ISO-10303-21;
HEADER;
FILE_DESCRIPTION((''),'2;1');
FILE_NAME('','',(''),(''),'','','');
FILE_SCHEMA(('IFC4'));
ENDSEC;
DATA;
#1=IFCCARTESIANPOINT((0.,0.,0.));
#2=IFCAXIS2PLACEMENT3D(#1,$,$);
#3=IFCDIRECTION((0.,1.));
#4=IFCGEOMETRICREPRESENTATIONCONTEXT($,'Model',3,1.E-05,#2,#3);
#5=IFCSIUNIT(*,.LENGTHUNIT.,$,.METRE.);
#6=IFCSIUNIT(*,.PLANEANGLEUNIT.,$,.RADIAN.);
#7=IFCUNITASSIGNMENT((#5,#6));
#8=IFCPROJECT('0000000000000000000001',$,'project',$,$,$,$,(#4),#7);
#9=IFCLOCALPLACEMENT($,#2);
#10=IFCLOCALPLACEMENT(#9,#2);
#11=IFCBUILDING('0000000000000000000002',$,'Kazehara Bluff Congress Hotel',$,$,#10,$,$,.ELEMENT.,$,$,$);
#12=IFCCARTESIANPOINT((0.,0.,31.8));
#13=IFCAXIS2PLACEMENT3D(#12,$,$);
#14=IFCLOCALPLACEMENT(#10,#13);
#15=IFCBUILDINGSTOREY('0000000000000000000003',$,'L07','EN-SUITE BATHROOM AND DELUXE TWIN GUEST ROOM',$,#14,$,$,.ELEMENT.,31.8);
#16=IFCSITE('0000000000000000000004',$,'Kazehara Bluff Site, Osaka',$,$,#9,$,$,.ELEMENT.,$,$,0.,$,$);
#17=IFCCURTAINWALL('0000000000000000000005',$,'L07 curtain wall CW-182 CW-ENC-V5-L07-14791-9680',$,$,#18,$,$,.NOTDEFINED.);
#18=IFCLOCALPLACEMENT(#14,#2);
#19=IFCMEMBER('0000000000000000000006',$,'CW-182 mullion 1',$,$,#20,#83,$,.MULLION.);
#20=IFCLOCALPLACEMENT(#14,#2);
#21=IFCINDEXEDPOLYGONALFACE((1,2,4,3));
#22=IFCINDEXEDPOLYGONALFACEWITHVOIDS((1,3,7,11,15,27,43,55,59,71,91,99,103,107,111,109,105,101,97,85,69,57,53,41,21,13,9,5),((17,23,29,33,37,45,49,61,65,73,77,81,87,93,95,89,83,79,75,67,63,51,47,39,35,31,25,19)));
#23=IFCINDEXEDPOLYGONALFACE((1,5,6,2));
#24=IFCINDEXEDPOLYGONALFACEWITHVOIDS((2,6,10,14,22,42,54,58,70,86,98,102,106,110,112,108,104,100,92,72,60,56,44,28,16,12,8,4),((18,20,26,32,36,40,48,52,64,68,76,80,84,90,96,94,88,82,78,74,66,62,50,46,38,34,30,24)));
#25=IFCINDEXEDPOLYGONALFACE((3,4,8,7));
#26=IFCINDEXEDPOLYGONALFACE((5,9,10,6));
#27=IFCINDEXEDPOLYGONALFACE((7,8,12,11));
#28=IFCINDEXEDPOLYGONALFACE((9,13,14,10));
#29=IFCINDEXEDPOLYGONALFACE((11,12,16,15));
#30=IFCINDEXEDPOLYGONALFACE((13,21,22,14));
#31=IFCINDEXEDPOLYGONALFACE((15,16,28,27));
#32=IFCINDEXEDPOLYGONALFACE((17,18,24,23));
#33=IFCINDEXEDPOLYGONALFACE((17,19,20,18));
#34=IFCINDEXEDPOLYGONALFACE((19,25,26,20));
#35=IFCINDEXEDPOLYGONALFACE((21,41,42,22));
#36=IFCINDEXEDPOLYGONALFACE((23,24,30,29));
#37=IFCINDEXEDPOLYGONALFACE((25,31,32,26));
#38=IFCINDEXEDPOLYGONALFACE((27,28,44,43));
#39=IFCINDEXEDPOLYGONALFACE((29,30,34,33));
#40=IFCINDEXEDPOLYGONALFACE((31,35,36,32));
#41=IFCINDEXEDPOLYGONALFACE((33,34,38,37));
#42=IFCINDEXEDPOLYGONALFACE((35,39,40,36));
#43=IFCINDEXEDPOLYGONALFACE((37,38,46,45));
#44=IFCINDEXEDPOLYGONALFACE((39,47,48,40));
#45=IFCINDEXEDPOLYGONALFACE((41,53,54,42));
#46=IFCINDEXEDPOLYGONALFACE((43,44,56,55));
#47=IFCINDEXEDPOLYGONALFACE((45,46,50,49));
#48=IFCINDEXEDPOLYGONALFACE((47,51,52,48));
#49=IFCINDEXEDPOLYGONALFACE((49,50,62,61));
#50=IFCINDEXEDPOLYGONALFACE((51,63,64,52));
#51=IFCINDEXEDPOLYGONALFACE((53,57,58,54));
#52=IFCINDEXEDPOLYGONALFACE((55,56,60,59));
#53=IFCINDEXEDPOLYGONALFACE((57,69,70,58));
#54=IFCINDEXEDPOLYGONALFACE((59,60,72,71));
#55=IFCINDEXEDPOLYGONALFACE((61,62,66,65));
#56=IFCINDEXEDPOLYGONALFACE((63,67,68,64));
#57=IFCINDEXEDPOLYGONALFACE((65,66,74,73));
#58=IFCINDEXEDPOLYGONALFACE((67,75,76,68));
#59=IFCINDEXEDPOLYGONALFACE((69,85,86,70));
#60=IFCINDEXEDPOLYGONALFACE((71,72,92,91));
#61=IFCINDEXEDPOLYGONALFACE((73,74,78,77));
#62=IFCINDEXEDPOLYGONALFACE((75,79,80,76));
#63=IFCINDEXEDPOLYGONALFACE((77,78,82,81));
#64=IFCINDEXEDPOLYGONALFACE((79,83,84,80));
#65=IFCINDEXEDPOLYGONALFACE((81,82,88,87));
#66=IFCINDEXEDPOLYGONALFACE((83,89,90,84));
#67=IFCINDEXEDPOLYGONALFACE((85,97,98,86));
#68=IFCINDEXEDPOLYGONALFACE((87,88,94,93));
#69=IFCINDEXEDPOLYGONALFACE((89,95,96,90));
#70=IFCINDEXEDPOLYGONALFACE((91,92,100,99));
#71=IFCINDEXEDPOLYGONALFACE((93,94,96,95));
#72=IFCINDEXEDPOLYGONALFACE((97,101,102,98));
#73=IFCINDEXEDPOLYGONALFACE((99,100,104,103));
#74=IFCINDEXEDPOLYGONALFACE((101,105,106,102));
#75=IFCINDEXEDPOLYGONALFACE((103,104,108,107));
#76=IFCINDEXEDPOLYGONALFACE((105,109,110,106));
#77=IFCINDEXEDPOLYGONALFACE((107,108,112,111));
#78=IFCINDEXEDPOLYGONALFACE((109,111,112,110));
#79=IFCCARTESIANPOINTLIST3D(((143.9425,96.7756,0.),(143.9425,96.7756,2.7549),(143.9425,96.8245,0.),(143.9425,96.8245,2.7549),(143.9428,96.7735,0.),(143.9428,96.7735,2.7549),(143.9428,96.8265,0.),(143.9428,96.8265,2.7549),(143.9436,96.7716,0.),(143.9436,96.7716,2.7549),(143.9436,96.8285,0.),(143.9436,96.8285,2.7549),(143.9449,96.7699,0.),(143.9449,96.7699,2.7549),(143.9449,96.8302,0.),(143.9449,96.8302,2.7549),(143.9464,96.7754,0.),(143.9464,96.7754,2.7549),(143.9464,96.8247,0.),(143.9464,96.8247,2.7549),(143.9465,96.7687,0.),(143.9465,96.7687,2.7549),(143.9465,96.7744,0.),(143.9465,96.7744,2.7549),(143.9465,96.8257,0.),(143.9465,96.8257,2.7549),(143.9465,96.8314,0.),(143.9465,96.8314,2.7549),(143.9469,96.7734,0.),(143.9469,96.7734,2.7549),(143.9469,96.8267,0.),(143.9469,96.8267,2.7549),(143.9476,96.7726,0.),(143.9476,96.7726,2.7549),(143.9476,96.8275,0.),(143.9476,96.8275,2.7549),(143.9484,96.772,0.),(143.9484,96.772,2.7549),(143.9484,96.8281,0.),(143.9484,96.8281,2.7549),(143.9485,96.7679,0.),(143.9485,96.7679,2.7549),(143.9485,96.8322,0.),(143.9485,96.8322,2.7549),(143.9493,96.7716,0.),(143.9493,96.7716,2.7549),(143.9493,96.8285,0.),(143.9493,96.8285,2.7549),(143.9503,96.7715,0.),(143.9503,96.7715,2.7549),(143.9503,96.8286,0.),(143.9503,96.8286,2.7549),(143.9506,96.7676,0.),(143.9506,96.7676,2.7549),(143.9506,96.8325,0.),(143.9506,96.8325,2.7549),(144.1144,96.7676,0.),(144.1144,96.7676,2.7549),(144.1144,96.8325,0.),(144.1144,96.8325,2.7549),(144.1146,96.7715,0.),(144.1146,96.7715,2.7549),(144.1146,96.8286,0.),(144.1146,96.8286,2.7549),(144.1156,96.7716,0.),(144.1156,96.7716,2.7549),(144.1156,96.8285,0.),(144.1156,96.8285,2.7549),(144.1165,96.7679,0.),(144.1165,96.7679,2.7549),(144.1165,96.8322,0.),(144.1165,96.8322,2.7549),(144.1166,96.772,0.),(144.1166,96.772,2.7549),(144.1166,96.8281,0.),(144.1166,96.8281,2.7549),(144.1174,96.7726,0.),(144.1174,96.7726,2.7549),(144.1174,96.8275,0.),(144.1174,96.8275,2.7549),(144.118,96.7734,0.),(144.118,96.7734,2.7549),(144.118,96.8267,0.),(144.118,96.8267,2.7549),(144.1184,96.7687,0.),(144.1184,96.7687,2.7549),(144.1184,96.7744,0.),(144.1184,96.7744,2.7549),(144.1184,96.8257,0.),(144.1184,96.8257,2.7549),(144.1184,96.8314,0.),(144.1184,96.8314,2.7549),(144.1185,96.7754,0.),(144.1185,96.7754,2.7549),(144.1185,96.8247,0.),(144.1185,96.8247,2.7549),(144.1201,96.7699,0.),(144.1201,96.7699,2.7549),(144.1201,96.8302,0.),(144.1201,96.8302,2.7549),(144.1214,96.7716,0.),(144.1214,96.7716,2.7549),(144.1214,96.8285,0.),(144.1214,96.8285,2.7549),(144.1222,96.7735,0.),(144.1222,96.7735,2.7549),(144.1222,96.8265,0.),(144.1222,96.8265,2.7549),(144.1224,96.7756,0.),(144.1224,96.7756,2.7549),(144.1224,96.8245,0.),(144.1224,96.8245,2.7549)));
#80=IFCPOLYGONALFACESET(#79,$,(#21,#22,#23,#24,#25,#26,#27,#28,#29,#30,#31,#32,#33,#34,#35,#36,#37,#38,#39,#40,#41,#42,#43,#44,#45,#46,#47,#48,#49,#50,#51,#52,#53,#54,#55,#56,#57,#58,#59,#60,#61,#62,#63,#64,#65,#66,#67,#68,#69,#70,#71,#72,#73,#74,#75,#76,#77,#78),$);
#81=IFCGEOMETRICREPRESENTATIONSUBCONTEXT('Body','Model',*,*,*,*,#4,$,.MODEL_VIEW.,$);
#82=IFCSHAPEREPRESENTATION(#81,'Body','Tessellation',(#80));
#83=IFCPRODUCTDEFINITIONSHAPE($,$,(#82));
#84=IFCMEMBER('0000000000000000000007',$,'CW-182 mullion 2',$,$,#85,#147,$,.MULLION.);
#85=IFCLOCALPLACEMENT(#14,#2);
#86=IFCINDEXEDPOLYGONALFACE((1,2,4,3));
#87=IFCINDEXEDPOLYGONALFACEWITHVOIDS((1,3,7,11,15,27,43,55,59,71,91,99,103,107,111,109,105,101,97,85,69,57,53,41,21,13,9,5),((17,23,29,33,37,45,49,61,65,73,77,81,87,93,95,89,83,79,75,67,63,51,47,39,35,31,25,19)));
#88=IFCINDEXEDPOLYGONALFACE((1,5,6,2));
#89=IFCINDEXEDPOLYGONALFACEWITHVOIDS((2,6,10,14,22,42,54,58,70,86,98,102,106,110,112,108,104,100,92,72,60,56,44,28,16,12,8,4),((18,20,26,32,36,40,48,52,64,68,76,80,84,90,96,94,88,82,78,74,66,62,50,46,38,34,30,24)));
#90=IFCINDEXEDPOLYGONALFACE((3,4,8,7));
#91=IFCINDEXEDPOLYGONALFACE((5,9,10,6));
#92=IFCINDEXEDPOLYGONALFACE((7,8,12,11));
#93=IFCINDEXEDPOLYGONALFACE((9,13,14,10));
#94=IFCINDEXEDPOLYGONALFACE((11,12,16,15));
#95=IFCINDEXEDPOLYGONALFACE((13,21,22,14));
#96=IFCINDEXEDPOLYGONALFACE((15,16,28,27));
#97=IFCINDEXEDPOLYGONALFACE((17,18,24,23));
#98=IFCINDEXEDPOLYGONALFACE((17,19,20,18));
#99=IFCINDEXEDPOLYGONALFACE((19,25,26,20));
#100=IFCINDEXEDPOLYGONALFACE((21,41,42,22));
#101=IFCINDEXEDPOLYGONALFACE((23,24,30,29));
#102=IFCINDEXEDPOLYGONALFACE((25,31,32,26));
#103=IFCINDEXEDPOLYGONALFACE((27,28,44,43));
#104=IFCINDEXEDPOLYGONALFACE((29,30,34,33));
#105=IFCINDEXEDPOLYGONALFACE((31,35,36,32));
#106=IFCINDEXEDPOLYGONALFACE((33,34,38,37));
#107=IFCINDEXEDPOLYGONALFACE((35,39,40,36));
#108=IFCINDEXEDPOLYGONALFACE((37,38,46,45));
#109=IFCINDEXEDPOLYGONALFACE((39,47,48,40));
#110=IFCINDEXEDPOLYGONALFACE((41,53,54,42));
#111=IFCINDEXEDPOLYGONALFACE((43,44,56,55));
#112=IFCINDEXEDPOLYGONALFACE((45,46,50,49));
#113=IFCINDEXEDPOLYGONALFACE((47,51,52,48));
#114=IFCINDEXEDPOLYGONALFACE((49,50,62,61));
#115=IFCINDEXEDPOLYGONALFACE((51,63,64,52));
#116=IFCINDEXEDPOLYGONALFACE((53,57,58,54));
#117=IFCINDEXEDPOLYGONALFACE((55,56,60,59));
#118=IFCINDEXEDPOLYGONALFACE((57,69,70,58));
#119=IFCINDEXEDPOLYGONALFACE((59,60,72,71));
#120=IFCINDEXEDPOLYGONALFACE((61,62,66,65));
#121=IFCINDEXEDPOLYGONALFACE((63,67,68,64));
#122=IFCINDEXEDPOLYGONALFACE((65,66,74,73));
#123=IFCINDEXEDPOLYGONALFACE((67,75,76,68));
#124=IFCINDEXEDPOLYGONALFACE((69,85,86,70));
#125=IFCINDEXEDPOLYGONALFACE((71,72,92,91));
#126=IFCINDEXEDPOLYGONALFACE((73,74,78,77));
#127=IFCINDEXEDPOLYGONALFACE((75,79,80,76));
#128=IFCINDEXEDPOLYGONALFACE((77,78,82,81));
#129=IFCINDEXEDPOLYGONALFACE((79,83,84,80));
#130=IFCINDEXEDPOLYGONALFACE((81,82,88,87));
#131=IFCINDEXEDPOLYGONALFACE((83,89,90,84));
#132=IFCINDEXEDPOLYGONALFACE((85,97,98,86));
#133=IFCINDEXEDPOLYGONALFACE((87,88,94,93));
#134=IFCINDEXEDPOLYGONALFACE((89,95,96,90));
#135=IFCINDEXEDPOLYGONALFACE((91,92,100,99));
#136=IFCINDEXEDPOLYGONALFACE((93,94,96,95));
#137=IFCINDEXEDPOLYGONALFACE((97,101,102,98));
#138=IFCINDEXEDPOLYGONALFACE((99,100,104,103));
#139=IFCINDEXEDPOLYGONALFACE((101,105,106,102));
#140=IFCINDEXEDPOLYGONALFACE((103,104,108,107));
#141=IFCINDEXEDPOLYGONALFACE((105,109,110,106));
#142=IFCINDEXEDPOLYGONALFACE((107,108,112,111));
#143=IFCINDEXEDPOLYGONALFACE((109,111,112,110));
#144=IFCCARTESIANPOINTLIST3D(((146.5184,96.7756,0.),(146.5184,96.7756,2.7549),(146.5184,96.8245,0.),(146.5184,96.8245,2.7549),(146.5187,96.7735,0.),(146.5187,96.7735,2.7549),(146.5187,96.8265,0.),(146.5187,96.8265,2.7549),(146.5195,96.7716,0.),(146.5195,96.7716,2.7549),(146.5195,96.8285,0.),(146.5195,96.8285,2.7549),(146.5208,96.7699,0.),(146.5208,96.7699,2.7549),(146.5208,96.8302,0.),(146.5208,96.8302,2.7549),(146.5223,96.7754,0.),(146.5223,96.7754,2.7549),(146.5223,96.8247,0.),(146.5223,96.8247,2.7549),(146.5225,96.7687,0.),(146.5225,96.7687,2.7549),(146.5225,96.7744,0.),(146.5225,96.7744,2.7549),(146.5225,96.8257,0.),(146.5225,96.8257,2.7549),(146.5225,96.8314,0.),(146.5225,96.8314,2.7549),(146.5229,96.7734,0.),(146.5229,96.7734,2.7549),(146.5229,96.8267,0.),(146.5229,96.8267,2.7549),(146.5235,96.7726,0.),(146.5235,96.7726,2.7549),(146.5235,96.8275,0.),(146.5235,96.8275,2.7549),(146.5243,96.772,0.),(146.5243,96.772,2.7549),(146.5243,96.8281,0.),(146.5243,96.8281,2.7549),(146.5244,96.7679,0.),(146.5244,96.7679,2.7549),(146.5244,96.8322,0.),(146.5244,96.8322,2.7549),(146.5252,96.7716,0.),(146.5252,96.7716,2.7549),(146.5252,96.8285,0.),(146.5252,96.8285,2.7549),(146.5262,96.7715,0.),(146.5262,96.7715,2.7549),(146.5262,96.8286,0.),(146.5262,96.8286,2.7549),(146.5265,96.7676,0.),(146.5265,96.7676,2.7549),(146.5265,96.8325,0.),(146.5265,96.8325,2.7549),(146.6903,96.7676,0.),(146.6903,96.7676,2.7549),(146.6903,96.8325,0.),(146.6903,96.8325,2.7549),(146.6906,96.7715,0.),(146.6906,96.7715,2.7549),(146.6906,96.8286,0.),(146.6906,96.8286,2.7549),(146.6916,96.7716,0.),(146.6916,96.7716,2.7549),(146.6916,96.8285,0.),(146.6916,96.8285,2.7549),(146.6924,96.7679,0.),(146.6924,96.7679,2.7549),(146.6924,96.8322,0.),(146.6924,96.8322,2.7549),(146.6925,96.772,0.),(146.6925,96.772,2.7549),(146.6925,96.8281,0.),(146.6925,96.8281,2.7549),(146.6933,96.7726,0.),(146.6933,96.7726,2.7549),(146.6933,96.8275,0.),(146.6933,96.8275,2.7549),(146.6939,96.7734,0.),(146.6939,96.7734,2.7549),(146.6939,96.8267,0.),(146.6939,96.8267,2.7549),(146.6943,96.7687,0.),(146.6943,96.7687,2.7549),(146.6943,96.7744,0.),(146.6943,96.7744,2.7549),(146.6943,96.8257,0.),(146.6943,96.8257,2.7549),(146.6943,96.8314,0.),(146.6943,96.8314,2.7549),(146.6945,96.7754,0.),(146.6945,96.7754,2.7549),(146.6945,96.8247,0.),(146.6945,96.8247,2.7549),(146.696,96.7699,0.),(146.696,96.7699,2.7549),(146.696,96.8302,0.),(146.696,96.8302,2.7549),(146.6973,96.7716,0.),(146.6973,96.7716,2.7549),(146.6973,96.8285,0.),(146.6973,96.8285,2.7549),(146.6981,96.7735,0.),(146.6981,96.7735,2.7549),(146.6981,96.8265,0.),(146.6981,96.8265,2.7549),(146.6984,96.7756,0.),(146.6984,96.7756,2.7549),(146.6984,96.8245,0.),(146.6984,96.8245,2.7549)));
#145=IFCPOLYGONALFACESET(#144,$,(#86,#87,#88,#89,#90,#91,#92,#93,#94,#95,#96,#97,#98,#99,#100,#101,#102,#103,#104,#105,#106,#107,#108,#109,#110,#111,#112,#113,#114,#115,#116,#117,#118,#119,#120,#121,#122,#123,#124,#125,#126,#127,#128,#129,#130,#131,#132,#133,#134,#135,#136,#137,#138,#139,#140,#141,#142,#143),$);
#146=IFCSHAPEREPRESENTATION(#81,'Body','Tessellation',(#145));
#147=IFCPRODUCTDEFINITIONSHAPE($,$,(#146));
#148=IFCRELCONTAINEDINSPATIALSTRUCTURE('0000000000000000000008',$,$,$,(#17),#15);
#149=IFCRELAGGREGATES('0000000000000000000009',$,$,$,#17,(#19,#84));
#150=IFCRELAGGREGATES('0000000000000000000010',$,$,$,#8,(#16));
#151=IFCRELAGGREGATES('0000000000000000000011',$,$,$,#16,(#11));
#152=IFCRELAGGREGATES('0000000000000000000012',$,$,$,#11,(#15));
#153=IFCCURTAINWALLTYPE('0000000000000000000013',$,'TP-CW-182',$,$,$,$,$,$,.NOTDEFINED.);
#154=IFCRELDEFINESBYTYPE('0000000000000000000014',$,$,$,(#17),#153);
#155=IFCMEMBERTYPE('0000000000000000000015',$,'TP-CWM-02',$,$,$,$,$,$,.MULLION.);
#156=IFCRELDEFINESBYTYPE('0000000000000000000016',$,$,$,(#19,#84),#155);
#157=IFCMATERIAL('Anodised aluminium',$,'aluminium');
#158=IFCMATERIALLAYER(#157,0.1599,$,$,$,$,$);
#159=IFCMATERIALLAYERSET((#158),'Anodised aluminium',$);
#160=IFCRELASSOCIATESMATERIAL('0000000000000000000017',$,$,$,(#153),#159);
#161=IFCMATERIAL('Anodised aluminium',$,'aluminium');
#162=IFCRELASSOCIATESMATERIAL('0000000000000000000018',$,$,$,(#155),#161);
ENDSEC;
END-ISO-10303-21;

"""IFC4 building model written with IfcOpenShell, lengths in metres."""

from ifc_helpers import new_model, si_unit, direction, frame, origin, origin_2d, place, context, subcontext, project, spatial, hollow_rectangle, extrude, material, layer, layer_set, material_profile, profile_set, type_object, element, aggregate, save


model = new_model("IFC4")

# Units and contexts
model_context = context("Model", 3, precision=1e-05, world=origin(), true_north=direction((0.0, 1.0)))
body_context = subcontext(model_context, "Body", "Model", "MODEL_VIEW")
ifc_project = project(units=[si_unit("LENGTHUNIT", "METRE"), si_unit("PLANEANGLEUNIT", "RADIAN")], contexts=[model_context])

# Site, building, storey
site_placement = place(None, origin())
site = spatial("IfcSite", under=ifc_project, at=site_placement, Name="Kazehara Bluff Site, Osaka", CompositionType="ELEMENT", RefElevation=0.0)
building_placement = place(site_placement, origin())
building = spatial("IfcBuilding", under=site, at=building_placement, Name="Kazehara Bluff Congress Hotel", CompositionType="ELEMENT")
storey_placement = place(building_placement, frame((0.0, 0.0, 31.8)))
storey = spatial("IfcBuildingStorey", under=building, at=storey_placement, Name="L07", Description="EN-SUITE BATHROOM AND DELUXE TWIN GUEST ROOM", CompositionType="ELEMENT", Elevation=31.8)

# Curtain wall, members
ifc_material_1 = material(Name="Anodised aluminium", Category="aluminium")
ifc_layer_1 = layer(ifc_material_1, 0.1599)
ifc_layer_set_1 = layer_set([ifc_layer_1], Name="Anodised aluminium")
curtain_wall_type_1 = type_object("IfcCurtainWallType", Name="TP-CW-182", PredefinedType="NOTDEFINED", material=ifc_layer_set_1)
curtain_wall_1_placement = place(storey_placement, origin())
curtain_wall_1 = element("IfcCurtainWall", 1, at=curtain_wall_1_placement, inside=storey, type_object=curtain_wall_type_1, Name="L07 curtain wall CW-182 CW-ENC-V5-L07-14791-9680", PredefinedType="NOTDEFINED")
ifc_material_2 = material(Name="Anodised aluminium", Category="aluminium")
ifc_material_profile_1 = material_profile(ifc_material_2, hollow_rectangle(XDim=0.0649, YDim=0.1799, WallThickness=0.0039, InnerFilletRadius=0.0039, OuterFilletRadius=0.0081, at=origin_2d()))
ifc_profile_set_1 = profile_set([ifc_material_profile_1], Name="Anodised aluminium")
member_type_1 = type_object("IfcMemberType", Name="TP-CWM-02", PredefinedType="MULLION", material=ifc_profile_set_1)
member_1_placement = place(storey_placement, frame((144.0325, 96.8, 0.0), z_axis=(0.0, 0.0, 1.0), x_axis=(0.0, 1.0, 0.0)))
member_1 = element("IfcMember", 2, at=member_1_placement, type_object=member_type_1, Name="CW-182 mullion 1", PredefinedType="MULLION", context=body_context, shape_type="SweptSolid", body=[
    extrude(hollow_rectangle(XDim=0.0649, YDim=0.1799, WallThickness=0.0039, InnerFilletRadius=0.0039, OuterFilletRadius=0.0081, at=origin_2d()), origin(), (0.0, 0.0, 1.0), 2.7549),
])
member_2_placement = place(storey_placement, frame((146.6084, 96.8, 0.0), z_axis=(0.0, 0.0, 1.0), x_axis=(0.0, 1.0, 0.0)))
member_2 = element("IfcMember", 3, at=member_2_placement, type_object=member_type_1, Name="CW-182 mullion 2", PredefinedType="MULLION", context=body_context, shape_type="SweptSolid", body=[
    extrude(hollow_rectangle(XDim=0.0649, YDim=0.1799, WallThickness=0.0039, InnerFilletRadius=0.0039, OuterFilletRadius=0.0081, at=origin_2d()), origin(), (0.0, 0.0, 1.0), 2.7549),
])

aggregate(curtain_wall_1, [member_1, member_2])

save(model, "model.ifc")
